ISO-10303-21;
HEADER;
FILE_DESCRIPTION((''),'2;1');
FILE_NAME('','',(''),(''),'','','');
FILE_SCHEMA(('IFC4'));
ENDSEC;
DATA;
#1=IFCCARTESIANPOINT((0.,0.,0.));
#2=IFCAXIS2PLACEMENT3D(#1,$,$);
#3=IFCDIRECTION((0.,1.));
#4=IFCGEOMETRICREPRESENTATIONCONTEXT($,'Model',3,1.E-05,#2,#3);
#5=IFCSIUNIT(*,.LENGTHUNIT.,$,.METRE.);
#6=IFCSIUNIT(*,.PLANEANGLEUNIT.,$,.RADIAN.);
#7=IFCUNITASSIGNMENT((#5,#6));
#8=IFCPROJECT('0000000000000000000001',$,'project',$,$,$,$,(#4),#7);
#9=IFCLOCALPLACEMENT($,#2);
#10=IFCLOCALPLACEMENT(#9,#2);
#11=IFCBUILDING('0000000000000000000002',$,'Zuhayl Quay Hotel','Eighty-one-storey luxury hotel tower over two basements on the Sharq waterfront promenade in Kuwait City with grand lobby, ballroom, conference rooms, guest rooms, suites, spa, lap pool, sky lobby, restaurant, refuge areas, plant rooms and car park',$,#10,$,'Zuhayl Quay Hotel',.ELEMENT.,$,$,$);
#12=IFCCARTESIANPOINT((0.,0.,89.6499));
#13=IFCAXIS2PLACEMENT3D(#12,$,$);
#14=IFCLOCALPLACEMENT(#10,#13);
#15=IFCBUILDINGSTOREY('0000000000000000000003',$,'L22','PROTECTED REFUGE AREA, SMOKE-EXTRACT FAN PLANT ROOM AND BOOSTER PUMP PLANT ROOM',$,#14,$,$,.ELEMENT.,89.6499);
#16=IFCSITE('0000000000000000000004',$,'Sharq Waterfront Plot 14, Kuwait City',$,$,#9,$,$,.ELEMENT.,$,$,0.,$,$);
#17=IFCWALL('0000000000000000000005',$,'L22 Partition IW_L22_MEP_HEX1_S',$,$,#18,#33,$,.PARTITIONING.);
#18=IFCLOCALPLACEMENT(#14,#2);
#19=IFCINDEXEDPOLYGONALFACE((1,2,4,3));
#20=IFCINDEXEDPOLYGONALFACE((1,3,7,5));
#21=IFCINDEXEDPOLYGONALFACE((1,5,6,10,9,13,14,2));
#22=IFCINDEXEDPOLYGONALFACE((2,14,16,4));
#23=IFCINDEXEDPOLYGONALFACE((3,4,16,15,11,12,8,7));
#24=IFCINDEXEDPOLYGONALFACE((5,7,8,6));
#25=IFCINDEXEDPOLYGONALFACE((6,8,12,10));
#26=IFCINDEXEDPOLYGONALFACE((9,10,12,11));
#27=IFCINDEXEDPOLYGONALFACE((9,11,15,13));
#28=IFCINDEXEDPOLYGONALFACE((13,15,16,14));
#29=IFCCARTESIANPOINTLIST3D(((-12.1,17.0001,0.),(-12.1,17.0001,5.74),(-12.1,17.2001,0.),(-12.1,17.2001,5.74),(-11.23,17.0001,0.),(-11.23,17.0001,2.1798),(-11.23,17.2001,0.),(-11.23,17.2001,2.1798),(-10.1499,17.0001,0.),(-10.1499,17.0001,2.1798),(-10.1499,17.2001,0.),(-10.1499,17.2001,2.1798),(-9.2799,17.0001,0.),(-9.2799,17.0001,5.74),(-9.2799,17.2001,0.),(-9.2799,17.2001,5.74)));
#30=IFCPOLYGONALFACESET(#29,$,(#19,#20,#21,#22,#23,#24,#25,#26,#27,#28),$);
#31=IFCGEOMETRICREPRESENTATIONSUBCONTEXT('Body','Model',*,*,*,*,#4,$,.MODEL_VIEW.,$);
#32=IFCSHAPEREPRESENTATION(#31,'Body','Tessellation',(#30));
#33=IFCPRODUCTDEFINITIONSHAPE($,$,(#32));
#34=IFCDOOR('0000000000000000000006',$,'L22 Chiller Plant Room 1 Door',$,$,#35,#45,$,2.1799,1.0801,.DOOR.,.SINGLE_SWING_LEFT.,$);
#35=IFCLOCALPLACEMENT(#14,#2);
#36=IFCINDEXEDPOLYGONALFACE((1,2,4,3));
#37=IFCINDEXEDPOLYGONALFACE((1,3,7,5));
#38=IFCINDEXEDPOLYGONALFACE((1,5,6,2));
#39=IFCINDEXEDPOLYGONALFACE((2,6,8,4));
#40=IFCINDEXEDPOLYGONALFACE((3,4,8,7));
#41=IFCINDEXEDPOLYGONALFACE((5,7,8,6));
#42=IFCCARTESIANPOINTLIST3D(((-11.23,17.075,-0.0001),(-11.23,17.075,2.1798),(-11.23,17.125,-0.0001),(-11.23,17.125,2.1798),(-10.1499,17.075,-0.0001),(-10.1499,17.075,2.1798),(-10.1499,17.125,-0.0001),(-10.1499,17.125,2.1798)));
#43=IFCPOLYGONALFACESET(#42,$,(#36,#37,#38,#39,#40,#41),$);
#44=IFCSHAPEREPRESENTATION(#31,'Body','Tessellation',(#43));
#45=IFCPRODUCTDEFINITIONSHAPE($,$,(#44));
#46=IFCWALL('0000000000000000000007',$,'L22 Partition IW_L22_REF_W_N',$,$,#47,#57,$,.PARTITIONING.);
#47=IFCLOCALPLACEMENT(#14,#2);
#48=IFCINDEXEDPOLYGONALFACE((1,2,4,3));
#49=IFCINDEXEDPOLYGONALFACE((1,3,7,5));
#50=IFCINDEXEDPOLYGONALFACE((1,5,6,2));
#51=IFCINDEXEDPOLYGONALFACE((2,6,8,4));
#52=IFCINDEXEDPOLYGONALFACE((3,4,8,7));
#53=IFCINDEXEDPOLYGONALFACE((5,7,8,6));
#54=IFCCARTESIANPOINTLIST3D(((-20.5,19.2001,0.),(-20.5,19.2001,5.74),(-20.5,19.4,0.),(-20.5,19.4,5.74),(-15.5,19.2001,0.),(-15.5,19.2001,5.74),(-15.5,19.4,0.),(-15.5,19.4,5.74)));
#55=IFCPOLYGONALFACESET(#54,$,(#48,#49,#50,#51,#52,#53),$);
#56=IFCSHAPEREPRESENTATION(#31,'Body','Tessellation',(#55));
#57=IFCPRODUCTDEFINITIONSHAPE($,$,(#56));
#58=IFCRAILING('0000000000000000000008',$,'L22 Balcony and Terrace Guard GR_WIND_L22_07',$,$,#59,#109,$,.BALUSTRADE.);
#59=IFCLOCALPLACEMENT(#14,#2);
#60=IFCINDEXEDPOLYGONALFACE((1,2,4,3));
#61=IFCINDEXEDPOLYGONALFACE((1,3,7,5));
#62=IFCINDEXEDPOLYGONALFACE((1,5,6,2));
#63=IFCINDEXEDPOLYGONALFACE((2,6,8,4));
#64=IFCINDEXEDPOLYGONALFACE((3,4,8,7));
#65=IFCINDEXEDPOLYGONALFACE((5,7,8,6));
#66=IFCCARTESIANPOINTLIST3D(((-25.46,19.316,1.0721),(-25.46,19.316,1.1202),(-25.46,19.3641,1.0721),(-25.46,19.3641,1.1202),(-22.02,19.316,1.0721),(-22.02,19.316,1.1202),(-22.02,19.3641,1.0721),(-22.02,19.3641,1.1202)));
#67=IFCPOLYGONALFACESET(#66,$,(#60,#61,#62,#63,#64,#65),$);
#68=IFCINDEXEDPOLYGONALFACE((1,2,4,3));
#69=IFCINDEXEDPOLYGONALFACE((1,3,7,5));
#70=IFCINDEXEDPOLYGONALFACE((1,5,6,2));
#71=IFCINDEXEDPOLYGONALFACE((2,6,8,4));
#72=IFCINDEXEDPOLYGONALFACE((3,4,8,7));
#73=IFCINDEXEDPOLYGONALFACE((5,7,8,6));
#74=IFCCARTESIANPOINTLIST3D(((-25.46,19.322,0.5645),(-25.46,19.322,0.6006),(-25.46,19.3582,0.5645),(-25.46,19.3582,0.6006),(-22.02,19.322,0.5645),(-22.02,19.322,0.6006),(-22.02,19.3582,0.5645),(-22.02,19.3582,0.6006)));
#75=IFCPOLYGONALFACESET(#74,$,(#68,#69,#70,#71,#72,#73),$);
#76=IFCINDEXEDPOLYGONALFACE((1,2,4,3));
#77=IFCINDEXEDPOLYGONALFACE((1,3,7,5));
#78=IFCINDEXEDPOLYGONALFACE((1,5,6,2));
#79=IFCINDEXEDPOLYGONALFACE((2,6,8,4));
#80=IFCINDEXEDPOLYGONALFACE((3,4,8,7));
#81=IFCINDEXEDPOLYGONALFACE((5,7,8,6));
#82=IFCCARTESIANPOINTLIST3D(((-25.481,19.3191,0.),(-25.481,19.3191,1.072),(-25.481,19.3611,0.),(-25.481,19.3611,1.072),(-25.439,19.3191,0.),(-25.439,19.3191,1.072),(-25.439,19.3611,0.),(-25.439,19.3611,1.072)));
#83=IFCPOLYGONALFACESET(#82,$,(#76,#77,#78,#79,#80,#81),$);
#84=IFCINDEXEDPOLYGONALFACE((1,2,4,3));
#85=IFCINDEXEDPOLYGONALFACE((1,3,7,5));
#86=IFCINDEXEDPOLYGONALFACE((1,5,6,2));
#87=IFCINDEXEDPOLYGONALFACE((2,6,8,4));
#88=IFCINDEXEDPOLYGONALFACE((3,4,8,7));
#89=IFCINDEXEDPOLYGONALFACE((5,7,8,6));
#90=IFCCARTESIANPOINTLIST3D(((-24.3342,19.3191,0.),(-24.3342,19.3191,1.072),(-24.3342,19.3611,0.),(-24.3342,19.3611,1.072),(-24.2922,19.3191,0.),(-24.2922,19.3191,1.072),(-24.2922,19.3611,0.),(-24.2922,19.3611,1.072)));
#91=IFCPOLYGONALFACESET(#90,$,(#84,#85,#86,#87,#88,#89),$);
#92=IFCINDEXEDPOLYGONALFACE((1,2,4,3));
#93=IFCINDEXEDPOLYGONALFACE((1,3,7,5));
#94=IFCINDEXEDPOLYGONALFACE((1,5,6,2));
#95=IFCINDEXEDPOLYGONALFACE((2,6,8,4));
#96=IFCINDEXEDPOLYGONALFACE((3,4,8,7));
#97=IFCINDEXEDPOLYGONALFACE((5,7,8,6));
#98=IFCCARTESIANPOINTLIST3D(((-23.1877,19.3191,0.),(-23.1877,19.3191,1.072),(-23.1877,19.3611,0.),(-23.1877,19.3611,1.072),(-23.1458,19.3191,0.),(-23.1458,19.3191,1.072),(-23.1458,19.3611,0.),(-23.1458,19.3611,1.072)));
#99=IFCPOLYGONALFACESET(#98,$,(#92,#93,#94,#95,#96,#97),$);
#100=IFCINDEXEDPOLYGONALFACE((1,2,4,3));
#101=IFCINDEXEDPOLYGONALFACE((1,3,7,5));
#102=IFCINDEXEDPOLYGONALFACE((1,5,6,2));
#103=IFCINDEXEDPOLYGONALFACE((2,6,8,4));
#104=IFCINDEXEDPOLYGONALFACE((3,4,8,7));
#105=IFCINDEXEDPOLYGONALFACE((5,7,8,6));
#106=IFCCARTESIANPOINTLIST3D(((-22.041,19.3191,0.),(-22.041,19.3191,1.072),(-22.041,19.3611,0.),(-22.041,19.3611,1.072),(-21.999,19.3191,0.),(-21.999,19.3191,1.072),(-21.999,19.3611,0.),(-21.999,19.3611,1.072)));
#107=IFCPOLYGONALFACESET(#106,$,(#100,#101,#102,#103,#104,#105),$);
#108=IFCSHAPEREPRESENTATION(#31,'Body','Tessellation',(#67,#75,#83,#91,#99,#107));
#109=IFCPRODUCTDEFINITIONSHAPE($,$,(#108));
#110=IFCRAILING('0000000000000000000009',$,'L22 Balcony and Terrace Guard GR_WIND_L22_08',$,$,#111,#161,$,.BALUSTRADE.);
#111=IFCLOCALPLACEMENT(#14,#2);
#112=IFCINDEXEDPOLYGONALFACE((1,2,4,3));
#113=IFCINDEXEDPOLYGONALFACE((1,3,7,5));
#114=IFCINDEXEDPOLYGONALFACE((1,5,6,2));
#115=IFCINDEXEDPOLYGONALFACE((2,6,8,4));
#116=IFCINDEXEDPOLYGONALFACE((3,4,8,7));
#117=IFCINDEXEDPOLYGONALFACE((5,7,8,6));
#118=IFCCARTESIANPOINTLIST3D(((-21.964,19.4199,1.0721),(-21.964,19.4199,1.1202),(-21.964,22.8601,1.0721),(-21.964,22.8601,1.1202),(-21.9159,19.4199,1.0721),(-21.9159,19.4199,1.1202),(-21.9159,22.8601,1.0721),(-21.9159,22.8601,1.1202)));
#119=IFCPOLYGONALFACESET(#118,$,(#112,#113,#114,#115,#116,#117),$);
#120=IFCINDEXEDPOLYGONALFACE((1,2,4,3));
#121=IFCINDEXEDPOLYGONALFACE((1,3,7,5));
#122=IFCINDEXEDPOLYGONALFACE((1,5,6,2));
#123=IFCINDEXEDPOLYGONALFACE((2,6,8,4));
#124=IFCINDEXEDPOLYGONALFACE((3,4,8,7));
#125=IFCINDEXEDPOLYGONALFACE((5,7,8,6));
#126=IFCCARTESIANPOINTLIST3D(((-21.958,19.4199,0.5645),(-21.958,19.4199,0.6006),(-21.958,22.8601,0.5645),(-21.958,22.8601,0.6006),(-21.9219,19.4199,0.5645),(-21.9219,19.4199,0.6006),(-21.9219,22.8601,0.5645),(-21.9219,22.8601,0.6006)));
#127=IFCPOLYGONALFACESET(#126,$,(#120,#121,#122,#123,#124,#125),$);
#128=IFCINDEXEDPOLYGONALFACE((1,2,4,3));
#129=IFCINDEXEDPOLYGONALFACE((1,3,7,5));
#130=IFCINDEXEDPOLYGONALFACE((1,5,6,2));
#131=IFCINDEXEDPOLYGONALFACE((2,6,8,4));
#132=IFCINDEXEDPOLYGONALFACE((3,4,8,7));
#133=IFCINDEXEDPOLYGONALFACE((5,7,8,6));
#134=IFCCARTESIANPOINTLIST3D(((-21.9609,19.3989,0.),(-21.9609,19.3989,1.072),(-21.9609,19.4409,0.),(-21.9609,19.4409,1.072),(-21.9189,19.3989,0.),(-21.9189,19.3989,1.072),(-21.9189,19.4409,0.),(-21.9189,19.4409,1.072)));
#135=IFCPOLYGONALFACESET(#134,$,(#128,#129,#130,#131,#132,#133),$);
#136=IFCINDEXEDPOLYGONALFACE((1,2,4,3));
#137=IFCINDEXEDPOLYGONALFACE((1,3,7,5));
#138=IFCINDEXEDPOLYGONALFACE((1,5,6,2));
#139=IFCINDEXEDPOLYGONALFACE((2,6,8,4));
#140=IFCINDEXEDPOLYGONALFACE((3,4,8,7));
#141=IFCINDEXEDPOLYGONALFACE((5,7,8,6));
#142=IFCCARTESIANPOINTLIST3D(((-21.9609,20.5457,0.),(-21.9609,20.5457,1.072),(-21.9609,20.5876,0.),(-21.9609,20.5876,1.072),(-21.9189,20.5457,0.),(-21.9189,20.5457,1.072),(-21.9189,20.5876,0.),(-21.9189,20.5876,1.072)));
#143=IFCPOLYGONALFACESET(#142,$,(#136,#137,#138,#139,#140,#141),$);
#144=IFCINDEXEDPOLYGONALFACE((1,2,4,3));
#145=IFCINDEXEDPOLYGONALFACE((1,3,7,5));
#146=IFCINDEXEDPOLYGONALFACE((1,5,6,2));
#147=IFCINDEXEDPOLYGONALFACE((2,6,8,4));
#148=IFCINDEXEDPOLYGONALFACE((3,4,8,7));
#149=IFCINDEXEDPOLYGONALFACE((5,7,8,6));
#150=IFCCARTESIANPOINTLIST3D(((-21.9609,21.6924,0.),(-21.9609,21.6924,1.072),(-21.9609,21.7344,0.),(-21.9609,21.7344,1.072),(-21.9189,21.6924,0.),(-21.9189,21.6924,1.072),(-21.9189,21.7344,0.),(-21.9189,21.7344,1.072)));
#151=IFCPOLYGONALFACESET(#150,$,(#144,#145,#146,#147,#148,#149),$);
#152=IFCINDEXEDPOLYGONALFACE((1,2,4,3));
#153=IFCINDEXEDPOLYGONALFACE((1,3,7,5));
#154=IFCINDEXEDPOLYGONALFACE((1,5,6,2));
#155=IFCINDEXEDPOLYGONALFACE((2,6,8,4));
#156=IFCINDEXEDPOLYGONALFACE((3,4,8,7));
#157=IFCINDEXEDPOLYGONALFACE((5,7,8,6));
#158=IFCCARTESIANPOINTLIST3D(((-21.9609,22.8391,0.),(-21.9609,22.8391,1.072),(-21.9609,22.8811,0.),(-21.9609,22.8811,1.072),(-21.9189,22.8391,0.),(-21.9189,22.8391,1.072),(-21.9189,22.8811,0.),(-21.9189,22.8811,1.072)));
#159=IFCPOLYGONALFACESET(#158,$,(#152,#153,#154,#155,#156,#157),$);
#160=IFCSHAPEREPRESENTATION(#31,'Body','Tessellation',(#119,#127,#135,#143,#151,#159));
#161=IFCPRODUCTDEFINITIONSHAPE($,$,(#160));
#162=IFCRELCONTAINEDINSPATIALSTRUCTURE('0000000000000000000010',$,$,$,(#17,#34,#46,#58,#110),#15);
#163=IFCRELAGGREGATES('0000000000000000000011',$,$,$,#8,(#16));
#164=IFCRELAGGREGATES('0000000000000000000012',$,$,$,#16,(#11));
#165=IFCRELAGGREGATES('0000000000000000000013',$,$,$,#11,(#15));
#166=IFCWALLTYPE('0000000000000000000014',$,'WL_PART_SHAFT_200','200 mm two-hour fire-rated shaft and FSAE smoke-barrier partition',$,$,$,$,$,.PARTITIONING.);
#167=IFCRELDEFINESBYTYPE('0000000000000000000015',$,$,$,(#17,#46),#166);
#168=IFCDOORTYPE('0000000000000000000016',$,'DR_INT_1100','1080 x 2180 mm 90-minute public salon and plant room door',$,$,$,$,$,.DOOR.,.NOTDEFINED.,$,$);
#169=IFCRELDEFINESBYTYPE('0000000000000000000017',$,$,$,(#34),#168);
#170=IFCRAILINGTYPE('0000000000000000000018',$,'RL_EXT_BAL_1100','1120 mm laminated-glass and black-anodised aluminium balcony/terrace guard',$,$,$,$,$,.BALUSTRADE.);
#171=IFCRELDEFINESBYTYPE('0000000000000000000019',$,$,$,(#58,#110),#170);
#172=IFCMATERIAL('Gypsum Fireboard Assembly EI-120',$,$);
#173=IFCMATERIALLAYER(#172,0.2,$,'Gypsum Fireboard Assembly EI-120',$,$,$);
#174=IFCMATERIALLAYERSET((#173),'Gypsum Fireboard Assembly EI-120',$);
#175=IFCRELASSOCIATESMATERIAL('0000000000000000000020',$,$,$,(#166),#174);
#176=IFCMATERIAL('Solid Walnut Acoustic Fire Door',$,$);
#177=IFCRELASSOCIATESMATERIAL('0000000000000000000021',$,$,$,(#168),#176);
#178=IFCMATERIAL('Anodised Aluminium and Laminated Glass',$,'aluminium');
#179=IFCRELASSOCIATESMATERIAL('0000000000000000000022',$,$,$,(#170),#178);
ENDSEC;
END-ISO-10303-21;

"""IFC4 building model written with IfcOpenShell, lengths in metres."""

from ifc_helpers import new_model, si_unit, direction, frame, frame_2d, origin, origin_2d, place, context, subcontext, project, spatial, rectangle, extrude, material, layer, layer_set, type_object, element, fill, save


model = new_model("IFC4")

# Units and contexts
model_context = context("Model", 3, precision=1e-05, world=origin(), true_north=direction((0.0, 1.0)))
body_context = subcontext(model_context, "Body", "Model", "MODEL_VIEW")
ifc_project = project(units=[si_unit("LENGTHUNIT", "METRE"), si_unit("PLANEANGLEUNIT", "RADIAN")], contexts=[model_context])

# Site, building, storey
site_placement = place(None, origin())
site = spatial("IfcSite", under=ifc_project, at=site_placement, Name="Sharq Waterfront Plot 14, Kuwait City", CompositionType="ELEMENT", RefElevation=0.0)
building_placement = place(site_placement, origin())
building = spatial("IfcBuilding", under=site, at=building_placement, Name="Zuhayl Quay Hotel", Description="Eighty-one-storey luxury hotel tower over two basements on the Sharq waterfront promenade in Kuwait City with grand lobby, ballroom, conference rooms, guest rooms, suites, spa, lap pool, sky lobby, restaurant, refuge areas, plant rooms and car park", LongName="Zuhayl Quay Hotel", CompositionType="ELEMENT")
storey_placement = place(building_placement, frame((0.0, 0.0, 89.6499)))
storey = spatial("IfcBuildingStorey", under=building, at=storey_placement, Name="L22", Description="PROTECTED REFUGE AREA, SMOKE-EXTRACT FAN PLANT ROOM AND BOOSTER PUMP PLANT ROOM", CompositionType="ELEMENT", Elevation=89.6499)

# Wall, opening, door
ifc_material_1 = material(Name="Gypsum Fireboard Assembly EI-120")
ifc_layer_1 = layer(ifc_material_1, 0.2, Name="Gypsum Fireboard Assembly EI-120")
ifc_layer_set_1 = layer_set([ifc_layer_1], Name="Gypsum Fireboard Assembly EI-120")
wall_type_1 = type_object("IfcWallType", Name="WL_PART_SHAFT_200", Description="200 mm two-hour fire-rated shaft and FSAE smoke-barrier partition", PredefinedType="PARTITIONING", material=ifc_layer_set_1)
wall_1_placement = place(storey_placement, frame((-12.1001, 17.1001, 0.0), z_axis=(0.0, 0.0, 1.0), x_axis=(1.0, 0.0, 0.0)))
wall_1 = element("IfcWall", 1, at=wall_1_placement, inside=storey, type_object=wall_type_1, Name="L22 Partition IW_L22_MEP_HEX1_S", PredefinedType="PARTITIONING", context=body_context, shape_type="SweptSolid", body=[
    extrude(rectangle(XDim=2.8201, YDim=0.2, at=frame_2d((1.4102, 0.0))), origin(), (0.0, 0.0, 1.0), 5.74),
])
opening_placement = place(wall_1_placement, frame((0.8701, 0.0, 0.0)))
opening = element("IfcOpeningElement", 2, at=opening_placement, cuts=wall_1, PredefinedType="OPENING", context=body_context, shape_type="SweptSolid", body=[
    extrude(rectangle(XDim=1.0801, YDim=2.1799, at=frame_2d((0.54, 1.0898))), frame((0.0, 0.1099, 0.0), z_axis=(0.0, -1.0, 0.0), x_axis=(1.0, 0.0, 0.0)), (0.0, 0.0, 1.0), 0.22),
])
ifc_material_2 = material(Name="Solid Walnut Acoustic Fire Door")
door_type = type_object("IfcDoorType", Name="DR_INT_1100", Description="1080 x 2180 mm 90-minute public salon and plant room door", OperationType="NOTDEFINED", PredefinedType="DOOR", material=ifc_material_2)
door_placement = place(opening_placement, origin())
door = element("IfcDoor", 3, at=door_placement, inside=storey, type_object=door_type, Name="L22 Chiller Plant Room 1 Door", OperationType="SINGLE_SWING_LEFT", OverallHeight=2.1799, OverallWidth=1.0801, PredefinedType="DOOR", context=body_context, shape_type="SweptSolid", body=[
    extrude(rectangle(XDim=1.0801, YDim=2.1799, at=frame_2d((0.54, 1.0898))), frame((0.0, 0.0249, 0.0), z_axis=(0.0, -1.0, 0.0), x_axis=(1.0, 0.0, 0.0)), (0.0, 0.0, 1.0), 0.05),
])
fill(opening, door)

# Wall
wall_2_placement = place(storey_placement, frame((-20.5, 19.3, 0.0), z_axis=(0.0, 0.0, 1.0), x_axis=(1.0, 0.0, 0.0)))
element("IfcWall", 4, at=wall_2_placement, inside=storey, type_object=wall_type_1, Name="L22 Partition IW_L22_REF_W_N", PredefinedType="PARTITIONING", context=body_context, shape_type="SweptSolid", body=[
    extrude(rectangle(XDim=5.0, YDim=0.2, at=frame_2d((2.5, 0.0))), origin(), (0.0, 0.0, 1.0), 5.74),
])

# Railings
ifc_material_3 = material(Name="Anodised Aluminium and Laminated Glass", Category="aluminium")
railing_type = type_object("IfcRailingType", Name="RL_EXT_BAL_1100", Description="1120 mm laminated-glass and black-anodised aluminium balcony/terrace guard", PredefinedType="BALUSTRADE", material=ifc_material_3)
railing_1_placement = place(storey_placement, frame((-25.46, 19.3401, 0.0)))
element("IfcRailing", 5, at=railing_1_placement, inside=storey, type_object=railing_type, Name="L22 Balcony and Terrace Guard GR_WIND_L22_07", PredefinedType="BALUSTRADE", context=body_context, shape_type="SweptSolid", body=[
    extrude(rectangle(XDim=0.0481, YDim=0.0481, at=origin_2d()), frame((0.0, 0.0, 1.0962), z_axis=(1.0, 0.0, 0.0), x_axis=(0.0, 1.0, 0.0)), (0.0, 0.0, 1.0), 3.4399),
    extrude(rectangle(XDim=0.0361, YDim=0.0361, at=origin_2d()), frame((0.0, 0.0, 0.5825), z_axis=(1.0, 0.0, 0.0), x_axis=(0.0, 1.0, 0.0)), (0.0, 0.0, 1.0), 3.4399),
    extrude(rectangle(XDim=0.042, YDim=0.042, at=origin_2d()), origin(), (0.0, 0.0, 1.0), 1.072),
    extrude(rectangle(XDim=0.042, YDim=0.042, at=origin_2d()), frame((1.1467, 0.0, 0.0)), (0.0, 0.0, 1.0), 1.072),
    extrude(rectangle(XDim=0.042, YDim=0.042, at=origin_2d()), frame((2.2932, 0.0, 0.0)), (0.0, 0.0, 1.0), 1.072),
    extrude(rectangle(XDim=0.042, YDim=0.042, at=origin_2d()), frame((3.4399, 0.0, 0.0)), (0.0, 0.0, 1.0), 1.072),
])
railing_2_placement = place(storey_placement, frame((-21.9399, 19.4199, 0.0)))
element("IfcRailing", 6, at=railing_2_placement, inside=storey, type_object=railing_type, Name="L22 Balcony and Terrace Guard GR_WIND_L22_08", PredefinedType="BALUSTRADE", context=body_context, shape_type="SweptSolid", body=[
    extrude(rectangle(XDim=0.0481, YDim=0.0481, at=origin_2d()), frame((0.0, 0.0, 1.0962), z_axis=(0.0, 1.0, 0.0), x_axis=(-1.0, 0.0, 0.0)), (0.0, 0.0, 1.0), 3.4402),
    extrude(rectangle(XDim=0.0361, YDim=0.0361, at=origin_2d()), frame((0.0, 0.0, 0.5825), z_axis=(0.0, 1.0, 0.0), x_axis=(-1.0, 0.0, 0.0)), (0.0, 0.0, 1.0), 3.4402),
    extrude(rectangle(XDim=0.042, YDim=0.042, at=origin_2d()), origin(), (0.0, 0.0, 1.0), 1.072),
    extrude(rectangle(XDim=0.042, YDim=0.042, at=origin_2d()), frame((0.0, 1.1467, 0.0)), (0.0, 0.0, 1.0), 1.072),
    extrude(rectangle(XDim=0.042, YDim=0.042, at=origin_2d()), frame((0.0, 2.2935, 0.0)), (0.0, 0.0, 1.0), 1.072),
    extrude(rectangle(XDim=0.042, YDim=0.042, at=origin_2d()), frame((0.0, 3.4402, 0.0)), (0.0, 0.0, 1.0), 1.072),
])

save(model, "model.ifc")
